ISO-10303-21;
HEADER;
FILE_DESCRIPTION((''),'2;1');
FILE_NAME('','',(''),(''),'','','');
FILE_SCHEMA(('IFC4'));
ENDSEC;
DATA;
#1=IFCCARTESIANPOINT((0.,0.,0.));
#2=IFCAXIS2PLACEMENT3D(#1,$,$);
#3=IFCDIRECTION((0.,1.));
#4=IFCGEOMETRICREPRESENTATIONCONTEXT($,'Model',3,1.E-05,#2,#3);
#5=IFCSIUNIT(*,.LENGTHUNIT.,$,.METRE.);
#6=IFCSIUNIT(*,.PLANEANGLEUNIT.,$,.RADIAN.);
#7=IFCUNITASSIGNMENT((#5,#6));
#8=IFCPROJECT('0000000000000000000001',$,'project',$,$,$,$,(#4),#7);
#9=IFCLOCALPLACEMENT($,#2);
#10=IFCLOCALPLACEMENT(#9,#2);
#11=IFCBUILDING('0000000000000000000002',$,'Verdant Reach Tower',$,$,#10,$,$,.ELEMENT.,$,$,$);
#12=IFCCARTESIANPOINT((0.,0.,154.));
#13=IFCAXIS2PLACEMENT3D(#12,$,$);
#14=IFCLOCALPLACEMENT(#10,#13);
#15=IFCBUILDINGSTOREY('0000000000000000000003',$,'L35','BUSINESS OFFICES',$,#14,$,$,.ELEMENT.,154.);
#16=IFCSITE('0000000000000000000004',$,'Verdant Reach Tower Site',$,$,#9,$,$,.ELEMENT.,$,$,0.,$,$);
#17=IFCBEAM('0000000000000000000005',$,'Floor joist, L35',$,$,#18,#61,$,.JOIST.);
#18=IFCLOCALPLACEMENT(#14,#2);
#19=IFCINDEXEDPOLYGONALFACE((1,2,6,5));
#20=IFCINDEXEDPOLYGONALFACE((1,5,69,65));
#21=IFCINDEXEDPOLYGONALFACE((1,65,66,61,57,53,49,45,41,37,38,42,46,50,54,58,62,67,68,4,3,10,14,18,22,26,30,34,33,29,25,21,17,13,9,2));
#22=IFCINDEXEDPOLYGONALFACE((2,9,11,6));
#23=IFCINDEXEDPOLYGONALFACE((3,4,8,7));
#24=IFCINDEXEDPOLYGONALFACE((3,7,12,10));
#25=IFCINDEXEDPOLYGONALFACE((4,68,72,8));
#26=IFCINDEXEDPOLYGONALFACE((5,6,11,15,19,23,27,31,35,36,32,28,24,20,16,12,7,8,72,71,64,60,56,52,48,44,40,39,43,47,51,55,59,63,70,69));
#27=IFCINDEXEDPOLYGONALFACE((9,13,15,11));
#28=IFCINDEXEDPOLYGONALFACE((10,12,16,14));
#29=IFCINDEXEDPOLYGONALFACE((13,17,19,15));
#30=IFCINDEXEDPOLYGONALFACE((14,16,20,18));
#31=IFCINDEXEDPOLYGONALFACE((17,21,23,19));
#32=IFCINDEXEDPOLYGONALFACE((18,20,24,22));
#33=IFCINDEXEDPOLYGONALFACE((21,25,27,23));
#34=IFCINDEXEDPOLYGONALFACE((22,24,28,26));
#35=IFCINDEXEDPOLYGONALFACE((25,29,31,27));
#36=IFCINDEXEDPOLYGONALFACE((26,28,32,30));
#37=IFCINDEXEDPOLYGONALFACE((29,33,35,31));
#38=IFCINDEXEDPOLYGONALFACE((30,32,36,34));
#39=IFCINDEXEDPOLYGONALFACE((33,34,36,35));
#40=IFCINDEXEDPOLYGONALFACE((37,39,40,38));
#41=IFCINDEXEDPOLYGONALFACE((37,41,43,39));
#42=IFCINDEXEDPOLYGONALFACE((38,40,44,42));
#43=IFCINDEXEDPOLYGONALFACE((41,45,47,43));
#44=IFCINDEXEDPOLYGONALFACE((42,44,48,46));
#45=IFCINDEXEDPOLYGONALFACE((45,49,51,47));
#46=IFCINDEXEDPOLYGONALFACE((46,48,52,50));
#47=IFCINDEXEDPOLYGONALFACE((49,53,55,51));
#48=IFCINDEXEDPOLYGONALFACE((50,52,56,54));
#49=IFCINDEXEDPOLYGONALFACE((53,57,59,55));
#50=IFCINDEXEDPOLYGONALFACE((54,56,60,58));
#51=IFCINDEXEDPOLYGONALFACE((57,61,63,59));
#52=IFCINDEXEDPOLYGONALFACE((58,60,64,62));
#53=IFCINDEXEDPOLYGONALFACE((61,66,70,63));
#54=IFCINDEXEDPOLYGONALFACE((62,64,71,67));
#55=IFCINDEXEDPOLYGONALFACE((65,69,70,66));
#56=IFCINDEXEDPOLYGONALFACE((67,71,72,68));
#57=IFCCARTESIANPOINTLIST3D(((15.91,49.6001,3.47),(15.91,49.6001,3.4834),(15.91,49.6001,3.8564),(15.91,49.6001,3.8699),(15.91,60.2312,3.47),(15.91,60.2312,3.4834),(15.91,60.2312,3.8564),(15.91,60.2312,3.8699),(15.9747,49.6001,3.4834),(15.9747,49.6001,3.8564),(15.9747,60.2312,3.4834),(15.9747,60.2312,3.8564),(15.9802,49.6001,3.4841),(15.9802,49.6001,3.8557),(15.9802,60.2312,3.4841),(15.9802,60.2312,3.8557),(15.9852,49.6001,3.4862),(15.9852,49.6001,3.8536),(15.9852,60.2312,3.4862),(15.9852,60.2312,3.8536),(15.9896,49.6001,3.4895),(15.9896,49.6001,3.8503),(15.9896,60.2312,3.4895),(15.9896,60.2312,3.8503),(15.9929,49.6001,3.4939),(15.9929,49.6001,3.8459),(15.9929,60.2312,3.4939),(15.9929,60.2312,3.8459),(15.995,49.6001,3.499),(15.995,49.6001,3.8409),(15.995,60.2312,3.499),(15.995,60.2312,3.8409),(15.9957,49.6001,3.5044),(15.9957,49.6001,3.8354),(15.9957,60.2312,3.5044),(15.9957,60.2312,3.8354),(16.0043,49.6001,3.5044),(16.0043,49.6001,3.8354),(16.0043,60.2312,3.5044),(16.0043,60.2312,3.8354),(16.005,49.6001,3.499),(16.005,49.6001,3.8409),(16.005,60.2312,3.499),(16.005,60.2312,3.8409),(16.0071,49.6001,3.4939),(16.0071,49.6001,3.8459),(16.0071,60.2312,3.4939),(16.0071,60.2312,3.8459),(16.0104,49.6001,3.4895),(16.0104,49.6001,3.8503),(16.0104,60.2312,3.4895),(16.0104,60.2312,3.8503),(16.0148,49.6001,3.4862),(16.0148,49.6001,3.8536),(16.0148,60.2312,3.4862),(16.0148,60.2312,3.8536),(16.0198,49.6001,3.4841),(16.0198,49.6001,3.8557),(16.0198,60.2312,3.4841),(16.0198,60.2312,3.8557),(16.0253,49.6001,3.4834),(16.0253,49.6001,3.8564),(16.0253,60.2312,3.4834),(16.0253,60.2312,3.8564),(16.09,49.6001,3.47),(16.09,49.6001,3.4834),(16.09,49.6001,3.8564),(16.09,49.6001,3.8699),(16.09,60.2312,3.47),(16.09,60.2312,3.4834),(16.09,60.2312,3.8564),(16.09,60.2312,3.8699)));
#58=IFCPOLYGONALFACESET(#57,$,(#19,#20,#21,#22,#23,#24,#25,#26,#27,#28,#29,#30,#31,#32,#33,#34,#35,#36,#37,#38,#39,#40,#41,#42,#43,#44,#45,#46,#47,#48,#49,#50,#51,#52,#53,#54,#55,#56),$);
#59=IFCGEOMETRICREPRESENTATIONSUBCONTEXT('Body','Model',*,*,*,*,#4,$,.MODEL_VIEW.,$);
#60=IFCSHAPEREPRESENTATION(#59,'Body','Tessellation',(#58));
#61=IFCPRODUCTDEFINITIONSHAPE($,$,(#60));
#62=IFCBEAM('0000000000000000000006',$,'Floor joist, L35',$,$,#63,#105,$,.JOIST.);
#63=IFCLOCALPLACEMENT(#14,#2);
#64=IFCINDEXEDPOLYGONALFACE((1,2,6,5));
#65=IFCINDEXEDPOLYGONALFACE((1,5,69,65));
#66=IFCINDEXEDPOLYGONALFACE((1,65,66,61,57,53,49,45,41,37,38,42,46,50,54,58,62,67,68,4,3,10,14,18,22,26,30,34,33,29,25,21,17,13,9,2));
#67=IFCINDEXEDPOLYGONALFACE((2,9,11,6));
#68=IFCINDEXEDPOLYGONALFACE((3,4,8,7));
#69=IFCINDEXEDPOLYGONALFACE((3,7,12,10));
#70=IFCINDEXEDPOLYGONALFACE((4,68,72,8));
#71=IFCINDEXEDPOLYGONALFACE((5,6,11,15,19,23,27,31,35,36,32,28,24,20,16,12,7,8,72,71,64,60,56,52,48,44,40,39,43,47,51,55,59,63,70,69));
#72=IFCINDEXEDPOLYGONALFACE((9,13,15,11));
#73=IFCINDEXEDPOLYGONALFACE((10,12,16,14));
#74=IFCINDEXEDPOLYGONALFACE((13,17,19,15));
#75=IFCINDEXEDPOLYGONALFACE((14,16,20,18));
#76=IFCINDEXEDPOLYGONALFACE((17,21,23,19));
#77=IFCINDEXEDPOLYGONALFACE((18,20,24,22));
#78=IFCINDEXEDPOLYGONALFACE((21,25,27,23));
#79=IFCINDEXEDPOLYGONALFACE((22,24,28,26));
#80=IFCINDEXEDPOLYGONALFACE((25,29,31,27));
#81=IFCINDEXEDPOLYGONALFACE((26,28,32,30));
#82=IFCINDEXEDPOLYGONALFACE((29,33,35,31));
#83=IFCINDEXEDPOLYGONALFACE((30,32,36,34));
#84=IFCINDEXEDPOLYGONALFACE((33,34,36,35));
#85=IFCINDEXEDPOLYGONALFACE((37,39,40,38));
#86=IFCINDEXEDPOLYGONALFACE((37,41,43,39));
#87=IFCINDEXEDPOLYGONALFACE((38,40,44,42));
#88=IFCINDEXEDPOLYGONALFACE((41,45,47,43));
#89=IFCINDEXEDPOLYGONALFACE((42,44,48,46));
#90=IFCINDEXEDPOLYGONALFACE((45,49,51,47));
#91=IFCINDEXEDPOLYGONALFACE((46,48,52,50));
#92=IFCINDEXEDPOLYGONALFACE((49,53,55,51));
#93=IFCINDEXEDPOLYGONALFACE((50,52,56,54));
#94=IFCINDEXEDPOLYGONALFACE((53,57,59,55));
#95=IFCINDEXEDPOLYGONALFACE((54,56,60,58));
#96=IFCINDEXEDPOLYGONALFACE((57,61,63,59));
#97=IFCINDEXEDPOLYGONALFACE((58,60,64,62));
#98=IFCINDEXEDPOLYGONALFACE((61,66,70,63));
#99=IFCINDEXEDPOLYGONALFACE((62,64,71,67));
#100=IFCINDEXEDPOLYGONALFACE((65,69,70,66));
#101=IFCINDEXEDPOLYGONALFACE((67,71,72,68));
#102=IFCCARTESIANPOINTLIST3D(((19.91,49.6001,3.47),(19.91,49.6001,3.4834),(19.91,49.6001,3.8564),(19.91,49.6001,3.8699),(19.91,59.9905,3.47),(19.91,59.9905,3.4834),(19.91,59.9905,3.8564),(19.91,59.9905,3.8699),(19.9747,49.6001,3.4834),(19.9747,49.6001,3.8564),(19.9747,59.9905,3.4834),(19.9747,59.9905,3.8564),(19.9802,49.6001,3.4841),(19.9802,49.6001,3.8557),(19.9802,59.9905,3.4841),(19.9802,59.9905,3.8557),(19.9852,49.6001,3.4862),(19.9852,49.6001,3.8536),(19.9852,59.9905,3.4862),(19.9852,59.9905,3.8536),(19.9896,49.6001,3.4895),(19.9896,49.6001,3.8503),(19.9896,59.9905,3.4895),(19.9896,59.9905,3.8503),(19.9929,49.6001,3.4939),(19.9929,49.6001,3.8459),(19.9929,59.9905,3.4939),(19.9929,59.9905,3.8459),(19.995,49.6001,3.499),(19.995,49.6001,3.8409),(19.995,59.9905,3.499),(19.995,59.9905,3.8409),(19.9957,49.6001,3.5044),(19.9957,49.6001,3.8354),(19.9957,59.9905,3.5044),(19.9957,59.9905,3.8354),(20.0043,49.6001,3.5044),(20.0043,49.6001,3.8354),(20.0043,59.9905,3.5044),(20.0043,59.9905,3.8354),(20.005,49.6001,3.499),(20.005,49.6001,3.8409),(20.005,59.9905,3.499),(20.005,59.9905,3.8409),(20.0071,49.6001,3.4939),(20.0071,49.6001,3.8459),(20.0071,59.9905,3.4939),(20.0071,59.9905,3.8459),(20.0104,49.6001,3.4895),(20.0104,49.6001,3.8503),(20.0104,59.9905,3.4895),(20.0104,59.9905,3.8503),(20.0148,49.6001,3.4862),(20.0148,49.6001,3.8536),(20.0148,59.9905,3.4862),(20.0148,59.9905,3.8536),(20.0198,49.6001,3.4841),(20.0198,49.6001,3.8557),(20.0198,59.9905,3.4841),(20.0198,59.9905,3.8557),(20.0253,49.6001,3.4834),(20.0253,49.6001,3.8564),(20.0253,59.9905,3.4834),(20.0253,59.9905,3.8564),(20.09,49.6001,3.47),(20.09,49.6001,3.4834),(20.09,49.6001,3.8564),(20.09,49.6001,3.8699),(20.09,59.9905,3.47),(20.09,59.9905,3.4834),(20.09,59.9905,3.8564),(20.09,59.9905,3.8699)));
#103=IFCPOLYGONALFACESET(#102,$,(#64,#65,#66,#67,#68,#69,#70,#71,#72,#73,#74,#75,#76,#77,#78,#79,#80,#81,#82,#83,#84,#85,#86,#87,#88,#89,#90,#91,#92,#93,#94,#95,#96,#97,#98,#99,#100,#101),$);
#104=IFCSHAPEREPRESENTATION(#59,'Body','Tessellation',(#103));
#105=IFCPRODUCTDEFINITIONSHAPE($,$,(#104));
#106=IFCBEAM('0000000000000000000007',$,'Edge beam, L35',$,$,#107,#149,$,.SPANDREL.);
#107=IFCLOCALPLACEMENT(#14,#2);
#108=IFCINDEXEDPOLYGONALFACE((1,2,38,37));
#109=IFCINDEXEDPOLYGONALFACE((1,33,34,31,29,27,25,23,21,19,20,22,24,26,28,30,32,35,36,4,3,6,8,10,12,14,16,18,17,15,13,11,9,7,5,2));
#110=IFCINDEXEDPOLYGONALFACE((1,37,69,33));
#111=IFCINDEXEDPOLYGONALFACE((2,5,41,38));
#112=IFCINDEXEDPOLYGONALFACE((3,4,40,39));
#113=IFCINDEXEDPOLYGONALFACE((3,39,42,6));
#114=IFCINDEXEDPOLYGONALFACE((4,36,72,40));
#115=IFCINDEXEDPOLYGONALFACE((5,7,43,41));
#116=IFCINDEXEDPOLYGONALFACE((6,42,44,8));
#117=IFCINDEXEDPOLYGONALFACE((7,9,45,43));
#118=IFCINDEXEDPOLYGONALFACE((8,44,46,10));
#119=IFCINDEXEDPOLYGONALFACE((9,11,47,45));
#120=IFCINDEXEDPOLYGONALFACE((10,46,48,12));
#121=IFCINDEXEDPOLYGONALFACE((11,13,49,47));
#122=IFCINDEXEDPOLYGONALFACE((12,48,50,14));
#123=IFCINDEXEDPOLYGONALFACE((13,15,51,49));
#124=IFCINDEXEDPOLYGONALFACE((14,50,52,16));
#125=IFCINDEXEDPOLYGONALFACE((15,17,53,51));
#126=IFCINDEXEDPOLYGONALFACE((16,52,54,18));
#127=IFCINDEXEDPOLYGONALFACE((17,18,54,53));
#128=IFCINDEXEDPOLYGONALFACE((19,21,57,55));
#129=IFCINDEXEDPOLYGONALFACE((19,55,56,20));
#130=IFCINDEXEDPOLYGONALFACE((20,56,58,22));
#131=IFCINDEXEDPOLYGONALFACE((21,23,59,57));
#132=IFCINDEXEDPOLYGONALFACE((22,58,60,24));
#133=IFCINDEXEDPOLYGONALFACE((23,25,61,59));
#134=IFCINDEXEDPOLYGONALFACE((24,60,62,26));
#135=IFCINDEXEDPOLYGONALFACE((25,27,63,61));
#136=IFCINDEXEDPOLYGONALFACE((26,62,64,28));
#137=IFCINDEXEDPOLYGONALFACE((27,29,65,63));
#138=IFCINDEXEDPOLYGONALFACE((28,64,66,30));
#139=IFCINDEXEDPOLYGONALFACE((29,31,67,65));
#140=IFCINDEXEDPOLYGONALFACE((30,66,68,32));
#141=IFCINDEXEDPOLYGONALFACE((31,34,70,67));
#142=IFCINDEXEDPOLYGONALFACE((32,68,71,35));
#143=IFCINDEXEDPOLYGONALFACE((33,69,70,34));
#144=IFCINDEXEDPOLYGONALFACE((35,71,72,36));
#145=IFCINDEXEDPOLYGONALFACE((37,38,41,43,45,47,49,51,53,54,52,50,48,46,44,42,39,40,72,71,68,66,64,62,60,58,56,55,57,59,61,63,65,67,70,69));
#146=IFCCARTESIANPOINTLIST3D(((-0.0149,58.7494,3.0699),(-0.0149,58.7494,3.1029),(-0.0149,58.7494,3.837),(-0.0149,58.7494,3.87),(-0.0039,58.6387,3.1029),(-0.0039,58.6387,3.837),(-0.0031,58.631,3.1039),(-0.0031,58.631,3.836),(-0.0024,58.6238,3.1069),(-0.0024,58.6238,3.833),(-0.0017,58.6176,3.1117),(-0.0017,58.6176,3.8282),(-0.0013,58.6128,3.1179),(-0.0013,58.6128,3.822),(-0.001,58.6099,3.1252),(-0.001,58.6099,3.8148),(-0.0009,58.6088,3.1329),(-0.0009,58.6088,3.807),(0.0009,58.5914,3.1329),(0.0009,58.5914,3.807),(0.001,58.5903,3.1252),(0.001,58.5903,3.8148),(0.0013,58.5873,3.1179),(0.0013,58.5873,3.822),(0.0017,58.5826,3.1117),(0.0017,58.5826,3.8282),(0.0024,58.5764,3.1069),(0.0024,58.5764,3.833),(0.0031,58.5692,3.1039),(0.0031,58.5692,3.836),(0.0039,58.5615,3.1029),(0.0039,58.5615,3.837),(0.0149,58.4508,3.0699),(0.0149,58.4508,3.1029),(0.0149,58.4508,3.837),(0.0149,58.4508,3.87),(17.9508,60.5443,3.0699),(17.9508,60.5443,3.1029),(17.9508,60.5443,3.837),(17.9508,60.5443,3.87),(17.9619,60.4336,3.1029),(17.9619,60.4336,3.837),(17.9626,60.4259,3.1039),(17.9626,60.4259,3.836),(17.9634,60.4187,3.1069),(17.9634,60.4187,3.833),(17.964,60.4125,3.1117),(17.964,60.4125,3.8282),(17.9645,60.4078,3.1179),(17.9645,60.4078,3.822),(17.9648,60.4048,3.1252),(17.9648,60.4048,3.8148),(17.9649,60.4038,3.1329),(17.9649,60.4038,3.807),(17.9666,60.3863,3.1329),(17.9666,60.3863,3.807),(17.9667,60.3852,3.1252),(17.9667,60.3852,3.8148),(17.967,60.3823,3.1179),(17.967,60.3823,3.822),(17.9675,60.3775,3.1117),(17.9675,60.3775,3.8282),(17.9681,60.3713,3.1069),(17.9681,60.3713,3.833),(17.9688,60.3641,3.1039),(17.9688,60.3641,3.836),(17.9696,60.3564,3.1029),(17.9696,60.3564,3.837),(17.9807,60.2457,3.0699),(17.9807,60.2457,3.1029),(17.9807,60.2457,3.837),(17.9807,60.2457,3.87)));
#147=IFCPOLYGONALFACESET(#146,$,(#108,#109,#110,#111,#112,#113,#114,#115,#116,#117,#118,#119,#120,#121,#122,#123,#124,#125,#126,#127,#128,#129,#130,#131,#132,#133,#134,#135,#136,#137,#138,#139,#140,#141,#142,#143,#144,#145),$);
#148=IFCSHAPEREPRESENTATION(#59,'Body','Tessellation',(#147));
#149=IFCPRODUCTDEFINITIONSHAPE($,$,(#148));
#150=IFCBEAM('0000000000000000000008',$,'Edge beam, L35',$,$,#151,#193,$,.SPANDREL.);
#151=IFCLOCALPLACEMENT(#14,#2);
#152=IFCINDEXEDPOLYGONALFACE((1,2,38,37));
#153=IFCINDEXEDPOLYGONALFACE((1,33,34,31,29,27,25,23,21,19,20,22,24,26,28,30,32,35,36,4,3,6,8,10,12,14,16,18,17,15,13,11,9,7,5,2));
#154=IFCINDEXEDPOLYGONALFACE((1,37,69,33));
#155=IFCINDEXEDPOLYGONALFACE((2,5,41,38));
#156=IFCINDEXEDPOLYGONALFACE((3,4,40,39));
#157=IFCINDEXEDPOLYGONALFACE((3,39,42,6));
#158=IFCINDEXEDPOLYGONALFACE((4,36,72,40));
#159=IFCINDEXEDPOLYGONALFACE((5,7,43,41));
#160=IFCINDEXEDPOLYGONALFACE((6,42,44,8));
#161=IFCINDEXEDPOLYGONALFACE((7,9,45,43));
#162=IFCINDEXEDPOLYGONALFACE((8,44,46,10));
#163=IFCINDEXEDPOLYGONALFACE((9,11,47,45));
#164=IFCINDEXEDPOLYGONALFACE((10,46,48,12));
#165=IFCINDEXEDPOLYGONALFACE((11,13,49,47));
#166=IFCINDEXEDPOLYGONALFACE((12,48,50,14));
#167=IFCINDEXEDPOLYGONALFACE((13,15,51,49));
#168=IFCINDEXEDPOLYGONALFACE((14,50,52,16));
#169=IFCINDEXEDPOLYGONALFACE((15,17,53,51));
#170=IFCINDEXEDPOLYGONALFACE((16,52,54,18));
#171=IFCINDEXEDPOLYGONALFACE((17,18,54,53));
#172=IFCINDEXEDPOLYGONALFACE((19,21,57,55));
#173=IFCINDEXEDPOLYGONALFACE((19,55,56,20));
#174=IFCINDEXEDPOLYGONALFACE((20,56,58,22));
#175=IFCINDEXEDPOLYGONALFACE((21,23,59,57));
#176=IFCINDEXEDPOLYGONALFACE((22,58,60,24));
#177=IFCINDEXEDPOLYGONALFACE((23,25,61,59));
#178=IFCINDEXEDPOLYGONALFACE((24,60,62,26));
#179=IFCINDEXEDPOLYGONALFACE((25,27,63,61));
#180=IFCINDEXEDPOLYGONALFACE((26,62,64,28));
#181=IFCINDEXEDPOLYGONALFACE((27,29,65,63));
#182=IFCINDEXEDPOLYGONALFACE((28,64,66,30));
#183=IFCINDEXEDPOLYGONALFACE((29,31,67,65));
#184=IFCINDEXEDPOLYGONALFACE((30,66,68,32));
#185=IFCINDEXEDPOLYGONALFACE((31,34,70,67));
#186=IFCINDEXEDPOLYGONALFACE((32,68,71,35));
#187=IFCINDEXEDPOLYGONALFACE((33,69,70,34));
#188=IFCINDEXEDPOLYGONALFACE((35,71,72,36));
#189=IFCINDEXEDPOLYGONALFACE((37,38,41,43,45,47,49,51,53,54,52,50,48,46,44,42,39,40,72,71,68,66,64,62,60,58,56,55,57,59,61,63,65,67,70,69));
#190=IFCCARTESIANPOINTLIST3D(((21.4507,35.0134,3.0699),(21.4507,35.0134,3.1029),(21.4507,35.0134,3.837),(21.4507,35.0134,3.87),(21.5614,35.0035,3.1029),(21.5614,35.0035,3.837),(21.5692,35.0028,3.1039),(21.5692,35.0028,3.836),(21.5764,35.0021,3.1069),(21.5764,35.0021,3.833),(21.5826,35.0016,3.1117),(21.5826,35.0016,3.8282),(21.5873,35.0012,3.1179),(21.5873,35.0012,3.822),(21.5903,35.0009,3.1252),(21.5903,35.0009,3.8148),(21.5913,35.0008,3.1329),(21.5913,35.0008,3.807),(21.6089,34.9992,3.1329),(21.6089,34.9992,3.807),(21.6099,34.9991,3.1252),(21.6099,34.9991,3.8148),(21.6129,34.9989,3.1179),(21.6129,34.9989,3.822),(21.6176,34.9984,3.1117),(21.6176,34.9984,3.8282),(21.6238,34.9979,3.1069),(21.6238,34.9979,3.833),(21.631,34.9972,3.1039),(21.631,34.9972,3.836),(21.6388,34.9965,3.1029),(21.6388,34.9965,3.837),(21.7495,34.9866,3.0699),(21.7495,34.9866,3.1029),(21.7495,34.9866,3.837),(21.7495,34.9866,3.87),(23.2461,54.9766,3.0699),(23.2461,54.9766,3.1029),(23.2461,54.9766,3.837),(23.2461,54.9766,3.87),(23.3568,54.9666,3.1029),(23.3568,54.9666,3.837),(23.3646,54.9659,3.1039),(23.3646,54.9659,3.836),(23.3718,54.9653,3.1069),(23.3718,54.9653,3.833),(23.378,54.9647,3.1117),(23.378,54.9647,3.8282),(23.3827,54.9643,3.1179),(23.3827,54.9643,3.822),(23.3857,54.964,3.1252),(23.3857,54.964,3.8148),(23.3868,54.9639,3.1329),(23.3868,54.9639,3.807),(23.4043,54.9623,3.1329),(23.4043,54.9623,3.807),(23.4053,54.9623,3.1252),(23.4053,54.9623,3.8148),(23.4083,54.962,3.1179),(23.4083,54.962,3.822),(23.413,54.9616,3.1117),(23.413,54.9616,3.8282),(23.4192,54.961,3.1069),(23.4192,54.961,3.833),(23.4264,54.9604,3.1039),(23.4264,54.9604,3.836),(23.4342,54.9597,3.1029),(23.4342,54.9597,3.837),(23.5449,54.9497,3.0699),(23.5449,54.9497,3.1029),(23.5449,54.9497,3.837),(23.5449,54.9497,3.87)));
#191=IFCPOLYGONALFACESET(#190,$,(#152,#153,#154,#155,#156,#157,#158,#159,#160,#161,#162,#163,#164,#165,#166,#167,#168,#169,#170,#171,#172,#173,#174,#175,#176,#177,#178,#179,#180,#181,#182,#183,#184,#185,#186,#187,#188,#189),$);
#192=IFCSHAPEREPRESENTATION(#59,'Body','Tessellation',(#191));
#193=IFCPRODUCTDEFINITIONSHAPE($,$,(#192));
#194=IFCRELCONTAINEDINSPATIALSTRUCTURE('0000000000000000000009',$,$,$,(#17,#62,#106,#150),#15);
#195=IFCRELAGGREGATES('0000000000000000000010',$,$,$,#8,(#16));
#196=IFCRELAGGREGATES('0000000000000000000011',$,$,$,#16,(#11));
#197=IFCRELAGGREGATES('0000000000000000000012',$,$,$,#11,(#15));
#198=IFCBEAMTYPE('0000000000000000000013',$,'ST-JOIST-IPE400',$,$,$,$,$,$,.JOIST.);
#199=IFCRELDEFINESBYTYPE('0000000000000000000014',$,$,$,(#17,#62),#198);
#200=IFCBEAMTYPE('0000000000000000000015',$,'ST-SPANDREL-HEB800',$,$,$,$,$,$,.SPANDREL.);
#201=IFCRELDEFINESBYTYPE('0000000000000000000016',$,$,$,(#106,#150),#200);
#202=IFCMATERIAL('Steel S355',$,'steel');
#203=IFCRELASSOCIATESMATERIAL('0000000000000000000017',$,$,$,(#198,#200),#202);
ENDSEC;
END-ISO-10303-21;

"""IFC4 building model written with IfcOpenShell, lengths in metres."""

from ifc_helpers import new_model, si_unit, direction, frame, origin, origin_2d, place, context, subcontext, project, spatial, i_section, extrude, material, material_profile, profile_set, type_object, element, save


model = new_model("IFC4")

# Units and contexts
model_context = context("Model", 3, precision=1e-05, world=origin(), true_north=direction((0.0, 1.0)))
body_context = subcontext(model_context, "Body", "Model", "MODEL_VIEW")
ifc_project = project(units=[si_unit("LENGTHUNIT", "METRE"), si_unit("PLANEANGLEUNIT", "RADIAN")], contexts=[model_context])

# Site, building, storey
site_placement = place(None, origin())
site = spatial("IfcSite", under=ifc_project, at=site_placement, Name="Verdant Reach Tower Site", CompositionType="ELEMENT", RefElevation=0.0)
building_placement = place(site_placement, origin())
building = spatial("IfcBuilding", under=site, at=building_placement, Name="Verdant Reach Tower", CompositionType="ELEMENT")
storey_placement = place(building_placement, frame((0.0, 0.0, 154.0)))
storey = spatial("IfcBuildingStorey", under=building, at=storey_placement, Name="L35", Description="BUSINESS OFFICES", CompositionType="ELEMENT", Elevation=154.0)

# Beams
ifc_material_1 = material(Name="Steel S355", Category="steel")
ifc_material_profile_1 = material_profile(ifc_material_1, i_section(OverallWidth=0.1799, OverallDepth=0.3999, WebThickness=0.0085, FlangeThickness=0.0134, FilletRadius=0.021, at=origin_2d()), Name="IPE 400")
ifc_profile_set_1 = profile_set([ifc_material_profile_1], Name="Steel S355")
beam_type_1 = type_object("IfcBeamType", Name="ST-JOIST-IPE400", PredefinedType="JOIST", material=ifc_profile_set_1)
beam_1_placement = place(storey_placement, frame((16.0, 49.6001, 3.6699), z_axis=(0.0, 1.0, 0.0), x_axis=(-1.0, 0.0, 0.0)))
element("IfcBeam", 1, at=beam_1_placement, inside=storey, type_object=beam_type_1, Name="Floor joist, L35", PredefinedType="JOIST", context=body_context, shape_type="SweptSolid", body=[
    extrude(i_section(OverallWidth=0.1799, OverallDepth=0.3999, WebThickness=0.0085, FlangeThickness=0.0134, FilletRadius=0.021, at=origin_2d()), origin(), (0.0, 0.0, 1.0), 10.6311),
])
beam_2_placement = place(storey_placement, frame((20.0, 49.6001, 3.6699), z_axis=(0.0, 1.0, 0.0), x_axis=(-1.0, 0.0, 0.0)))
element("IfcBeam", 2, at=beam_2_placement, inside=storey, type_object=beam_type_1, Name="Floor joist, L35", PredefinedType="JOIST", context=body_context, shape_type="SweptSolid", body=[
    extrude(i_section(OverallWidth=0.1799, OverallDepth=0.3999, WebThickness=0.0085, FlangeThickness=0.0134, FilletRadius=0.021, at=origin_2d()), origin(), (0.0, 0.0, 1.0), 10.3904),
])
ifc_material_profile_2 = material_profile(ifc_material_1, i_section(OverallWidth=0.3, OverallDepth=0.8, WebThickness=0.0176, FlangeThickness=0.033, FilletRadius=0.03, at=origin_2d()), Name="HEB 800")
ifc_profile_set_2 = profile_set([ifc_material_profile_2], Name="Steel S355")
beam_type_2 = type_object("IfcBeamType", Name="ST-SPANDREL-HEB800", PredefinedType="SPANDREL", material=ifc_profile_set_2)
beam_3_placement = place(storey_placement, frame((0.0, 58.6001, 3.47), z_axis=(0.995046, 0.099413, 0.0), x_axis=(-0.099413, 0.995046, 0.0)))
element("IfcBeam", 3, at=beam_3_placement, inside=storey, type_object=beam_type_2, Name="Edge beam, L35", PredefinedType="SPANDREL", context=body_context, shape_type="SweptSolid", body=[
    extrude(i_section(OverallWidth=0.3, OverallDepth=0.8, WebThickness=0.0176, FlangeThickness=0.033, FilletRadius=0.03, at=origin_2d()), origin(), (0.0, 0.0, 1.0), 18.0552),
])
beam_4_placement = place(storey_placement, frame((23.3955, 54.9631, 3.47), z_axis=(-0.089575, -0.99598, 0.0), x_axis=(0.99598, -0.089575, 0.0)))
element("IfcBeam", 4, at=beam_4_placement, inside=storey, type_object=beam_type_2, Name="Edge beam, L35", PredefinedType="SPANDREL", context=body_context, shape_type="SweptSolid", body=[
    extrude(i_section(OverallWidth=0.3, OverallDepth=0.8, WebThickness=0.0176, FlangeThickness=0.033, FilletRadius=0.03, at=origin_2d()), origin(), (0.0, 0.0, 1.0), 20.0437),
])

save(model, "model.ifc")
